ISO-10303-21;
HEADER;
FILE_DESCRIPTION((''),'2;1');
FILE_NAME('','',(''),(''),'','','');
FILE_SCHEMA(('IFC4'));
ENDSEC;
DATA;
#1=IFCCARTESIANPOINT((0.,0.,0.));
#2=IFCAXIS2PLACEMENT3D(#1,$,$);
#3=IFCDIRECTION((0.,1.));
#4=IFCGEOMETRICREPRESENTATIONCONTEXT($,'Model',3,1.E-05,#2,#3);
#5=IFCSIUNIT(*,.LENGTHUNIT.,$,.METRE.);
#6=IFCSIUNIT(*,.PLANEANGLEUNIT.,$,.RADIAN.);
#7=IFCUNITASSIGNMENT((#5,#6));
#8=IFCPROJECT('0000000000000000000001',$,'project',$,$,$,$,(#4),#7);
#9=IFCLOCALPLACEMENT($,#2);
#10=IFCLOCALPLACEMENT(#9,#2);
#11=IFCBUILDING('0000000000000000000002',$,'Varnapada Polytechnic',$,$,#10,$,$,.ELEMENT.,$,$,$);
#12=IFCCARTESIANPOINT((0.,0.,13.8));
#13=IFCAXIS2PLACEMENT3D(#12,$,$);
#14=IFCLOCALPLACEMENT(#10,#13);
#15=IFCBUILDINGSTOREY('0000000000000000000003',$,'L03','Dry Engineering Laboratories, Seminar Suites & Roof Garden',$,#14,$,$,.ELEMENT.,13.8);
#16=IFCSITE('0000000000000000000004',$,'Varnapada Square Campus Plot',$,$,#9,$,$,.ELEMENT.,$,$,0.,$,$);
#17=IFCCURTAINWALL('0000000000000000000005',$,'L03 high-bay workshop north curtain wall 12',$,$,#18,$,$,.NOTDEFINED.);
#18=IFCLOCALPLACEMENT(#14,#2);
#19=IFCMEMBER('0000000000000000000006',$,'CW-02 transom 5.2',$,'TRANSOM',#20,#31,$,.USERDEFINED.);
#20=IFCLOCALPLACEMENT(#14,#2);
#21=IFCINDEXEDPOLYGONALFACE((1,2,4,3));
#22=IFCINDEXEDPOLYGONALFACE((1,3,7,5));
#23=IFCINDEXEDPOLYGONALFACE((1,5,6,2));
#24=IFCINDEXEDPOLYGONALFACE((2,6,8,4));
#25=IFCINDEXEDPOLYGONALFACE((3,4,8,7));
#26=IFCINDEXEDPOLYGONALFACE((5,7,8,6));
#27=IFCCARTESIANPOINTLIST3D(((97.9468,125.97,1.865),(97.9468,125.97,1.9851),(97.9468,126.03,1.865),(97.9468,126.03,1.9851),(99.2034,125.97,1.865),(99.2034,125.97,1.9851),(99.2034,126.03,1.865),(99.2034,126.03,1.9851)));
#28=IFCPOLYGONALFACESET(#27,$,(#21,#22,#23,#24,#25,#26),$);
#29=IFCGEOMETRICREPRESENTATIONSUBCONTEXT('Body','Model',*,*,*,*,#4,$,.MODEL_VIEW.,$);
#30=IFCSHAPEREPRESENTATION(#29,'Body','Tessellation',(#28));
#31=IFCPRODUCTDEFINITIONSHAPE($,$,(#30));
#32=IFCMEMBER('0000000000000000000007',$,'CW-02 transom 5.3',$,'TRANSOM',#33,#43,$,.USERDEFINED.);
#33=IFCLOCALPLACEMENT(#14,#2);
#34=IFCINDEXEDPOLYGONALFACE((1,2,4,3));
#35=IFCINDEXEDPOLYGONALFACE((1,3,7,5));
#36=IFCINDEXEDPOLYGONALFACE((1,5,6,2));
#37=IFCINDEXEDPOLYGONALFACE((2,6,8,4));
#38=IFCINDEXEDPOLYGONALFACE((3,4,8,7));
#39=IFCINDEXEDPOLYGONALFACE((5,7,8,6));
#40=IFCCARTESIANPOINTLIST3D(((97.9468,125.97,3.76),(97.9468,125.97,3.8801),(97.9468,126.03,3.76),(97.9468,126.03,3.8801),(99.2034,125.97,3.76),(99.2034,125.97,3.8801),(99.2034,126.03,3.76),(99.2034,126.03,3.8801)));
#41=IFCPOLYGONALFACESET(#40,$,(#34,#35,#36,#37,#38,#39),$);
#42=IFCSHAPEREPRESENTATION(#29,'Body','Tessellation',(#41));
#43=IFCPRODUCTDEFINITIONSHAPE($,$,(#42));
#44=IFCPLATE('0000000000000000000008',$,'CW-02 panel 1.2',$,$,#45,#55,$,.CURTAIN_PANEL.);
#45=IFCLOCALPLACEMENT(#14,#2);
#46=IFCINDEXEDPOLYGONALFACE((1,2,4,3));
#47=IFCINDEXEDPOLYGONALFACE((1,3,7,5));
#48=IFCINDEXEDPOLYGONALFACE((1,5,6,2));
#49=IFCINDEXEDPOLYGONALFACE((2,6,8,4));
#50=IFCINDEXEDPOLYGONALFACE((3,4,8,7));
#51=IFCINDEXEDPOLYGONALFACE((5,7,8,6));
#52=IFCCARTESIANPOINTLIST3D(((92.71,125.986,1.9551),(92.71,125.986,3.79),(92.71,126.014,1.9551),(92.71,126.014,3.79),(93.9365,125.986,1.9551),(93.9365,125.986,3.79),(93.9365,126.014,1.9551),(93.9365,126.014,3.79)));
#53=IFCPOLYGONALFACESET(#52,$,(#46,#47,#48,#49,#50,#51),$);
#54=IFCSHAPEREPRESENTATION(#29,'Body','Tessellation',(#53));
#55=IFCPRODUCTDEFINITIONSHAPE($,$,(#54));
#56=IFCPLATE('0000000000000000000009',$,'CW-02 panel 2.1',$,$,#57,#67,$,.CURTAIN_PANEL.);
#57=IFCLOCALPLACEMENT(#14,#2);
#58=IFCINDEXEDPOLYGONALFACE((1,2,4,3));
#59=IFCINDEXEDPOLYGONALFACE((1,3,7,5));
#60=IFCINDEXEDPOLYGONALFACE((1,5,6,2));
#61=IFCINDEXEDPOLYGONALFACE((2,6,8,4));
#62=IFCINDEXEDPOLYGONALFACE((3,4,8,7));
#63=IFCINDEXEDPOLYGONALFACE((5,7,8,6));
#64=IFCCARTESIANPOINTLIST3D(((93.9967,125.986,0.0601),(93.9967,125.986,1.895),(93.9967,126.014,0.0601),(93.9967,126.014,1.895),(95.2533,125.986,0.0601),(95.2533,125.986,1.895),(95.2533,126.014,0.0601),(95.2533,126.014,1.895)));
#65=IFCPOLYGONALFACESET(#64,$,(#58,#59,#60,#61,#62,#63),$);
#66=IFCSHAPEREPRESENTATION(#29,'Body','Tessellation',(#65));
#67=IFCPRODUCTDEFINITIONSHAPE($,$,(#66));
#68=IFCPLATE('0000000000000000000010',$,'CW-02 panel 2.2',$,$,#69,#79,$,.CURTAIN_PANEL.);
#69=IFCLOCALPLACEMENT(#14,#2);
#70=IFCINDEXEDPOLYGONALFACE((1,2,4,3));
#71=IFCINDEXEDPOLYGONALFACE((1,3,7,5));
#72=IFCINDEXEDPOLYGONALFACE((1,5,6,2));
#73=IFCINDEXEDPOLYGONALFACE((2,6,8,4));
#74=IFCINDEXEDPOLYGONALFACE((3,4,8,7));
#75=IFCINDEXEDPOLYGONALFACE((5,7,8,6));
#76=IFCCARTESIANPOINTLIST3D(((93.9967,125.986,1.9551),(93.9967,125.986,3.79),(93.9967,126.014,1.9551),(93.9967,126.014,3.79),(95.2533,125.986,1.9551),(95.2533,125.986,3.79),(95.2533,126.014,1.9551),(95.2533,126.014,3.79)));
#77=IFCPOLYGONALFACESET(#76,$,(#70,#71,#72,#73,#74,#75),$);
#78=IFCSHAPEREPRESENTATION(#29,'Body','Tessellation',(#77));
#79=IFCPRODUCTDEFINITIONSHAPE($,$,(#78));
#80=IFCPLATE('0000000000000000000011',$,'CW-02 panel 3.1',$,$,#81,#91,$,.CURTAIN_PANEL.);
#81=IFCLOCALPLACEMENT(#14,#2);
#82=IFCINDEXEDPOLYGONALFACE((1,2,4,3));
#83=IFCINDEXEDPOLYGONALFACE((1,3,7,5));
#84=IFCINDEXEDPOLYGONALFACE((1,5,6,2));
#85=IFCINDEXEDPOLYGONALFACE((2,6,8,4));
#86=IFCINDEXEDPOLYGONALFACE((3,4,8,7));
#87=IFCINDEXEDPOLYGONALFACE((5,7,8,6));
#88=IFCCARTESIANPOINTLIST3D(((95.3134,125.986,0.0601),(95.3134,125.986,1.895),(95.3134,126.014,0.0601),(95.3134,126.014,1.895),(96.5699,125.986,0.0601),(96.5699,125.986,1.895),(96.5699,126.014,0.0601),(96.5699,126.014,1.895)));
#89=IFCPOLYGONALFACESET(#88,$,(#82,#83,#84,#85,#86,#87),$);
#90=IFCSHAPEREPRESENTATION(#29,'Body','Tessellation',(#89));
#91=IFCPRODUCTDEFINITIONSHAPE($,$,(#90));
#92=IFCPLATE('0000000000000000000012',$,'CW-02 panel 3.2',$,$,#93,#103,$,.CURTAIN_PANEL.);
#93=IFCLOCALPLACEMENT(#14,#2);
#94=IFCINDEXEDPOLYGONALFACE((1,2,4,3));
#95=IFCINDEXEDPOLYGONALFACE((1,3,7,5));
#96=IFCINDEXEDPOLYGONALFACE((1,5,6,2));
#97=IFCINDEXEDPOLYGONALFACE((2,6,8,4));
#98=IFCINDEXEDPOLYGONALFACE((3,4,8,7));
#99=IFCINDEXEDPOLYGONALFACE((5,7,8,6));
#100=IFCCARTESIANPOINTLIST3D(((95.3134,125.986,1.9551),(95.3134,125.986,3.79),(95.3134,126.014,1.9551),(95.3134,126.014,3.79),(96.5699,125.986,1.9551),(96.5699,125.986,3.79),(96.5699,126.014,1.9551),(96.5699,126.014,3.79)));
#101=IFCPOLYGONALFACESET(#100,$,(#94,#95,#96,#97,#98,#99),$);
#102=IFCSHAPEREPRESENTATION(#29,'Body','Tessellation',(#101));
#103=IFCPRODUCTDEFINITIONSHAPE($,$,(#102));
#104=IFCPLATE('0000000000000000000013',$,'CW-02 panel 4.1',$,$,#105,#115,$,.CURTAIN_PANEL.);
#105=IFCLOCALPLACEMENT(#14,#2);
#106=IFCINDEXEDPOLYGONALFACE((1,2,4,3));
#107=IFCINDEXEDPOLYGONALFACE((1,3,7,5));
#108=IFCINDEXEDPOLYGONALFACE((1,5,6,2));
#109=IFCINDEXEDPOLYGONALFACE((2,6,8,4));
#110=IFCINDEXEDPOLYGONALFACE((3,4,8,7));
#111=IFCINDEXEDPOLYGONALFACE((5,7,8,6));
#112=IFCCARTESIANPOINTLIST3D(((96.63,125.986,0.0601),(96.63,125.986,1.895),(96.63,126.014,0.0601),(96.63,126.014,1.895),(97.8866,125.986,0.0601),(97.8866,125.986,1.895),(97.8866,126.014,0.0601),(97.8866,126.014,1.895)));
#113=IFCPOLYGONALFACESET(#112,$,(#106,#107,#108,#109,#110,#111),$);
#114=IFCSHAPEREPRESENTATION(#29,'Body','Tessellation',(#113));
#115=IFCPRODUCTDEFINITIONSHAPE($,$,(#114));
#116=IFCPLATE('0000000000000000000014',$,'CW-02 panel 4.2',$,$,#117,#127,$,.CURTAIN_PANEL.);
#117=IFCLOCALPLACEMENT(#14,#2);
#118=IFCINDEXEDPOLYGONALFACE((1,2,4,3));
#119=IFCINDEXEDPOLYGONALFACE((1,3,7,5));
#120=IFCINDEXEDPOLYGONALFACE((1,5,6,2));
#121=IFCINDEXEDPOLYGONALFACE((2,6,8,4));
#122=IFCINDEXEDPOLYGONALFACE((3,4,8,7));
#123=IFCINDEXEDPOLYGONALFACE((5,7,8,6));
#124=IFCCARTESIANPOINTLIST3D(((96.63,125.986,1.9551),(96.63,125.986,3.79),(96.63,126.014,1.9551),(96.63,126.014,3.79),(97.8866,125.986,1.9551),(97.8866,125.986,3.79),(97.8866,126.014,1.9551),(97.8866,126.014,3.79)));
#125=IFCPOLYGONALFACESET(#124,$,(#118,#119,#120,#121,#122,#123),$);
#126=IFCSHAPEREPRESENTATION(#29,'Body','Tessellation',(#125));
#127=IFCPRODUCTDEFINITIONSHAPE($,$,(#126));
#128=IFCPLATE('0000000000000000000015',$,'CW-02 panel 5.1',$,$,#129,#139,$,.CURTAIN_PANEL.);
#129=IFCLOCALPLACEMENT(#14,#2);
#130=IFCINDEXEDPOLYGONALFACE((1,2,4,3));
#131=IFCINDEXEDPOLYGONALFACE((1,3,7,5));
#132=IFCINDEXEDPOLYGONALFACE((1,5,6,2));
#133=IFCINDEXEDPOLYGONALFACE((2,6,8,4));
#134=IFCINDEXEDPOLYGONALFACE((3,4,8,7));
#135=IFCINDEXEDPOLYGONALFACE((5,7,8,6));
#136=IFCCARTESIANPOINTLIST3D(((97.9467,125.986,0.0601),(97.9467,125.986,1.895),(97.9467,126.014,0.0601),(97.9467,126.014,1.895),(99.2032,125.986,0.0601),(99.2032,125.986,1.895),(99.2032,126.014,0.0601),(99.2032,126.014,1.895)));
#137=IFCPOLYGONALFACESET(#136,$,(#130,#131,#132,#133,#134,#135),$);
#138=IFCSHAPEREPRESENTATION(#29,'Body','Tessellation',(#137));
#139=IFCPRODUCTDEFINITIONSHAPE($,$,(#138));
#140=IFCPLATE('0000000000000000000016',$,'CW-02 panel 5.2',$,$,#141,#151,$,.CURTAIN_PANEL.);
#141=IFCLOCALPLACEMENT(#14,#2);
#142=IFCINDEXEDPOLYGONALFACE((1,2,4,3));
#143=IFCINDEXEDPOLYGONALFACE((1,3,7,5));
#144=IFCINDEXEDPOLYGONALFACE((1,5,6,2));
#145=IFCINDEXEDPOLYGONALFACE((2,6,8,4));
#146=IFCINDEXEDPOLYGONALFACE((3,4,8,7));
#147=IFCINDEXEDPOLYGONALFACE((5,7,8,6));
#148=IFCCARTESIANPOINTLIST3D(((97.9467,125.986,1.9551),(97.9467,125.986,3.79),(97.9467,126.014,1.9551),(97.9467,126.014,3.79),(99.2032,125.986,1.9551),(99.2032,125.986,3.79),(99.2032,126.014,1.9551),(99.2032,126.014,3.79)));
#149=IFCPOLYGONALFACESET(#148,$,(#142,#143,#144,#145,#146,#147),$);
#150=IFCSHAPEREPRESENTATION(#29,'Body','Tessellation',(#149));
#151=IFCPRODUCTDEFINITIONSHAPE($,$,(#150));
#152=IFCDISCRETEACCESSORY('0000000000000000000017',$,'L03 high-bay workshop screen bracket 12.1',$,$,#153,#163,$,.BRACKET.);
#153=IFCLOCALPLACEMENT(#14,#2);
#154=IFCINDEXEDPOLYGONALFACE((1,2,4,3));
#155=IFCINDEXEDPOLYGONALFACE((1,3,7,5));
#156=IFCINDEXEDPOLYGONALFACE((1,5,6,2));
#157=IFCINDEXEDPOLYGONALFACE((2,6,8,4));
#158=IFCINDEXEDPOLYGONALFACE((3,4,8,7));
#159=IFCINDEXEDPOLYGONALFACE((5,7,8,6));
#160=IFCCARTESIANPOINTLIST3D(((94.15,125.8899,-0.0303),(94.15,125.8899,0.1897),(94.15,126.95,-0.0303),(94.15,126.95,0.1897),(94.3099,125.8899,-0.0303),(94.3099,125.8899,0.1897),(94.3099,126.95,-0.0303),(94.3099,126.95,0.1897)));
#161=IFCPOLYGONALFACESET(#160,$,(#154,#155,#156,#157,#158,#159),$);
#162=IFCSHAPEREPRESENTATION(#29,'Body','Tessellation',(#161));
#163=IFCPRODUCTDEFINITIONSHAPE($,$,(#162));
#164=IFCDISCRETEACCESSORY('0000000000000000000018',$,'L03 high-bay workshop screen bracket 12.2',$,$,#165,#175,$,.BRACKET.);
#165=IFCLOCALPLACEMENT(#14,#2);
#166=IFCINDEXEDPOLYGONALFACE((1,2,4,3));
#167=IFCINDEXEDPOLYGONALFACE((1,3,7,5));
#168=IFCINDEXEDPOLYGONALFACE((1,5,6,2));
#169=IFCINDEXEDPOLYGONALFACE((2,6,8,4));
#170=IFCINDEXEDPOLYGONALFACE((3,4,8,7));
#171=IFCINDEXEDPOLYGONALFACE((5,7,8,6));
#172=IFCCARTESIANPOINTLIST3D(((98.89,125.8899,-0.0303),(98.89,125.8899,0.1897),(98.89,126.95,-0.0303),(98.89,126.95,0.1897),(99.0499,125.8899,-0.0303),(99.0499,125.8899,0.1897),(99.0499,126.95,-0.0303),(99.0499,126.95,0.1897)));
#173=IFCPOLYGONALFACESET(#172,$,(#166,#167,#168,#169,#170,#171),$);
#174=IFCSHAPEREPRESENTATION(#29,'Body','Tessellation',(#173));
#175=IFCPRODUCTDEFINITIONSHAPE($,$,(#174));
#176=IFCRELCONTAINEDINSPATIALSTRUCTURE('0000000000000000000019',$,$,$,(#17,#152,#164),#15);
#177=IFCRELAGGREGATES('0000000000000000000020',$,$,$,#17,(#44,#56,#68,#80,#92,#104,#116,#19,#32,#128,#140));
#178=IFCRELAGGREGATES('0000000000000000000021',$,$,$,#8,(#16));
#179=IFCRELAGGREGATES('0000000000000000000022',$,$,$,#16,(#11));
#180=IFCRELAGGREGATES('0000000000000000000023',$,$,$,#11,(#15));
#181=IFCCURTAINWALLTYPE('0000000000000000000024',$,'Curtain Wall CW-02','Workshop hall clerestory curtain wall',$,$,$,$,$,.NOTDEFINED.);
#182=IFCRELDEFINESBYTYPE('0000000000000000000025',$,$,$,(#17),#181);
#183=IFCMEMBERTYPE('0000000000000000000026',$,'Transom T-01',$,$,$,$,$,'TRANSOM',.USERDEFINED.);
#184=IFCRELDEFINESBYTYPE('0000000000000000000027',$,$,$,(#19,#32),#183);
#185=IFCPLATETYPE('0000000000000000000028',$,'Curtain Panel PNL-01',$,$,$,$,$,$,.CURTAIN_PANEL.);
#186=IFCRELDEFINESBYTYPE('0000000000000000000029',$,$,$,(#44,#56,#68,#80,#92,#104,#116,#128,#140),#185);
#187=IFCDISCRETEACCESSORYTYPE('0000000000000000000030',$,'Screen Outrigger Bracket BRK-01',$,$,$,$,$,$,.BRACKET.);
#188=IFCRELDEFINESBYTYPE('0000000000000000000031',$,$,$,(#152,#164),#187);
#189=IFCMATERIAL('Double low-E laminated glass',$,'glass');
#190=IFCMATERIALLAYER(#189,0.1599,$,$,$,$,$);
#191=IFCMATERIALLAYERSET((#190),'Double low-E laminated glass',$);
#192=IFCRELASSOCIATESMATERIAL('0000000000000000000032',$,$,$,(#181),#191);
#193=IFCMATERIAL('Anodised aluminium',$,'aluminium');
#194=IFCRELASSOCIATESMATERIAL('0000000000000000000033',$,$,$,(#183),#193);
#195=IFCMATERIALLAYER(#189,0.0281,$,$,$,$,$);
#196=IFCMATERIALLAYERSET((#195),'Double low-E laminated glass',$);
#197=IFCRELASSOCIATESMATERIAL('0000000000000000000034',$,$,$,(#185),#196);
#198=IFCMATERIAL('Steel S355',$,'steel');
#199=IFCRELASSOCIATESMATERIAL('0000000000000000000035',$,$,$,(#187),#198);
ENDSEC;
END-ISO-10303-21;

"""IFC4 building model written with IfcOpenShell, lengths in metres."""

from ifc_helpers import new_model, si_unit, direction, frame, origin, origin_2d, place, context, subcontext, project, spatial, rectangle, extrude, material, layer, layer_set, material_profile, profile_set, type_object, element, aggregate, save


model = new_model("IFC4")

# Units and contexts
model_context = context("Model", 3, precision=1e-05, world=origin(), true_north=direction((0.0, 1.0)))
body_context = subcontext(model_context, "Body", "Model", "MODEL_VIEW")
ifc_project = project(units=[si_unit("LENGTHUNIT", "METRE"), si_unit("PLANEANGLEUNIT", "RADIAN")], contexts=[model_context])

# Site, building, storey
site_placement = place(None, origin())
site = spatial("IfcSite", under=ifc_project, at=site_placement, Name="Varnapada Square Campus Plot", CompositionType="ELEMENT", RefElevation=0.0)
building_placement = place(site_placement, origin())
building = spatial("IfcBuilding", under=site, at=building_placement, Name="Varnapada Polytechnic", CompositionType="ELEMENT")
storey_placement = place(building_placement, frame((0.0, 0.0, 13.8)))
storey = spatial("IfcBuildingStorey", under=building, at=storey_placement, Name="L03", Description="Dry Engineering Laboratories, Seminar Suites & Roof Garden", CompositionType="ELEMENT", Elevation=13.8)

# Curtain wall, members, plates
ifc_material_1 = material(Name="Double low-E laminated glass", Category="glass")
ifc_layer_1 = layer(ifc_material_1, 0.1599)
ifc_layer_set_1 = layer_set([ifc_layer_1], Name="Double low-E laminated glass")
curtain_wall_type = type_object("IfcCurtainWallType", Name="Curtain Wall CW-02", Description="Workshop hall clerestory curtain wall", PredefinedType="NOTDEFINED", material=ifc_layer_set_1)
curtain_wall_placement = place(storey_placement, origin())
curtain_wall = element("IfcCurtainWall", 1, at=curtain_wall_placement, inside=storey, type_object=curtain_wall_type, Name="L03 high-bay workshop north curtain wall 12", PredefinedType="NOTDEFINED")
ifc_material_2 = material(Name="Anodised aluminium", Category="aluminium")
ifc_material_profile_1 = material_profile(ifc_material_2, rectangle(XDim=0.0601, YDim=0.1201, at=origin_2d()), Name="ALU T60x120")
ifc_profile_set_1 = profile_set([ifc_material_profile_1], Name="Anodised aluminium")
member_type_1 = type_object("IfcMemberType", Name="Transom T-01", ElementType="TRANSOM", PredefinedType="USERDEFINED", material=ifc_profile_set_1)
member_1_placement = place(storey_placement, frame((97.9468, 126.0, 1.925), z_axis=(1.0, 0.0, 0.0), x_axis=(0.0, 1.0, 0.0)))
member_1 = element("IfcMember", 2, at=member_1_placement, type_object=member_type_1, Name="CW-02 transom 5.2", ObjectType="TRANSOM", PredefinedType="USERDEFINED", context=body_context, shape_type="SweptSolid", body=[
    extrude(rectangle(XDim=0.0601, YDim=0.1201, at=origin_2d()), origin(), (0.0, 0.0, 1.0), 1.2566),
])
member_2_placement = place(storey_placement, frame((97.9468, 126.0, 3.8201), z_axis=(1.0, 0.0, 0.0), x_axis=(0.0, 1.0, 0.0)))
member_2 = element("IfcMember", 3, at=member_2_placement, type_object=member_type_1, Name="CW-02 transom 5.3", ObjectType="TRANSOM", PredefinedType="USERDEFINED", context=body_context, shape_type="SweptSolid", body=[
    extrude(rectangle(XDim=0.0601, YDim=0.1201, at=origin_2d()), origin(), (0.0, 0.0, 1.0), 1.2566),
])
ifc_layer_2 = layer(ifc_material_1, 0.0281)
ifc_layer_set_2 = layer_set([ifc_layer_2], Name="Double low-E laminated glass")
plate_type = type_object("IfcPlateType", Name="Curtain Panel PNL-01", PredefinedType="CURTAIN_PANEL", material=ifc_layer_set_2)
plate_1_placement = place(storey_placement, frame((93.3232, 126.0, 1.9551), z_axis=(0.0, 0.0, 1.0), x_axis=(1.0, 0.0, 0.0)))
plate_1 = element("IfcPlate", 4, at=plate_1_placement, type_object=plate_type, Name="CW-02 panel 1.2", PredefinedType="CURTAIN_PANEL", context=body_context, shape_type="SweptSolid", body=[
    extrude(rectangle(XDim=1.2266, YDim=0.0281, at=origin_2d()), origin(), (0.0, 0.0, 1.0), 1.835),
])
plate_2_placement = place(storey_placement, frame((94.625, 126.0, 0.0601), z_axis=(0.0, 0.0, 1.0), x_axis=(1.0, 0.0, 0.0)))
plate_2 = element("IfcPlate", 5, at=plate_2_placement, type_object=plate_type, Name="CW-02 panel 2.1", PredefinedType="CURTAIN_PANEL", context=body_context, shape_type="SweptSolid", body=[
    extrude(rectangle(XDim=1.2566, YDim=0.0281, at=origin_2d()), origin(), (0.0, 0.0, 1.0), 1.835),
])
plate_3_placement = place(storey_placement, frame((94.625, 126.0, 1.9551), z_axis=(0.0, 0.0, 1.0), x_axis=(1.0, 0.0, 0.0)))
plate_3 = element("IfcPlate", 6, at=plate_3_placement, type_object=plate_type, Name="CW-02 panel 2.2", PredefinedType="CURTAIN_PANEL", context=body_context, shape_type="SweptSolid", body=[
    extrude(rectangle(XDim=1.2566, YDim=0.0281, at=origin_2d()), origin(), (0.0, 0.0, 1.0), 1.835),
])
plate_4_placement = place(storey_placement, frame((95.9417, 126.0, 0.0601), z_axis=(0.0, 0.0, 1.0), x_axis=(1.0, 0.0, 0.0)))
plate_4 = element("IfcPlate", 7, at=plate_4_placement, type_object=plate_type, Name="CW-02 panel 3.1", PredefinedType="CURTAIN_PANEL", context=body_context, shape_type="SweptSolid", body=[
    extrude(rectangle(XDim=1.2566, YDim=0.0281, at=origin_2d()), origin(), (0.0, 0.0, 1.0), 1.835),
])
plate_5_placement = place(storey_placement, frame((95.9417, 126.0, 1.9551), z_axis=(0.0, 0.0, 1.0), x_axis=(1.0, 0.0, 0.0)))
plate_5 = element("IfcPlate", 8, at=plate_5_placement, type_object=plate_type, Name="CW-02 panel 3.2", PredefinedType="CURTAIN_PANEL", context=body_context, shape_type="SweptSolid", body=[
    extrude(rectangle(XDim=1.2566, YDim=0.0281, at=origin_2d()), origin(), (0.0, 0.0, 1.0), 1.835),
])
plate_6_placement = place(storey_placement, frame((97.2583, 126.0, 0.0601), z_axis=(0.0, 0.0, 1.0), x_axis=(1.0, 0.0, 0.0)))
plate_6 = element("IfcPlate", 9, at=plate_6_placement, type_object=plate_type, Name="CW-02 panel 4.1", PredefinedType="CURTAIN_PANEL", context=body_context, shape_type="SweptSolid", body=[
    extrude(rectangle(XDim=1.2566, YDim=0.0281, at=origin_2d()), origin(), (0.0, 0.0, 1.0), 1.835),
])
plate_7_placement = place(storey_placement, frame((97.2583, 126.0, 1.9551), z_axis=(0.0, 0.0, 1.0), x_axis=(1.0, 0.0, 0.0)))
plate_7 = element("IfcPlate", 10, at=plate_7_placement, type_object=plate_type, Name="CW-02 panel 4.2", PredefinedType="CURTAIN_PANEL", context=body_context, shape_type="SweptSolid", body=[
    extrude(rectangle(XDim=1.2566, YDim=0.0281, at=origin_2d()), origin(), (0.0, 0.0, 1.0), 1.835),
])
plate_8_placement = place(storey_placement, frame((98.575, 126.0, 0.0601), z_axis=(0.0, 0.0, 1.0), x_axis=(1.0, 0.0, 0.0)))
plate_8 = element("IfcPlate", 11, at=plate_8_placement, type_object=plate_type, Name="CW-02 panel 5.1", PredefinedType="CURTAIN_PANEL", context=body_context, shape_type="SweptSolid", body=[
    extrude(rectangle(XDim=1.2566, YDim=0.0281, at=origin_2d()), origin(), (0.0, 0.0, 1.0), 1.835),
])
plate_9_placement = place(storey_placement, frame((98.575, 126.0, 1.9551), z_axis=(0.0, 0.0, 1.0), x_axis=(1.0, 0.0, 0.0)))
plate_9 = element("IfcPlate", 12, at=plate_9_placement, type_object=plate_type, Name="CW-02 panel 5.2", PredefinedType="CURTAIN_PANEL", context=body_context, shape_type="SweptSolid", body=[
    extrude(rectangle(XDim=1.2566, YDim=0.0281, at=origin_2d()), origin(), (0.0, 0.0, 1.0), 1.835),
])
aggregate(curtain_wall, [plate_1, plate_2, plate_3, plate_4, plate_5, plate_6, plate_7, member_1, member_2, plate_8, plate_9])

# Discrete accessories
ifc_material_3 = material(Name="Steel S355", Category="steel")
discrete_accessory_type = type_object("IfcDiscreteAccessoryType", Name="Screen Outrigger Bracket BRK-01", PredefinedType="BRACKET", material=ifc_material_3)
for number, where, z_axis, x_axis, name in (
    (13, (94.23, 126.4199, -0.0303), (0.0, 0.0, 1.0), (1.0, 0.0, 0.0), "L03 high-bay workshop screen bracket 12.1"),
    (14, (98.97, 126.4199, -0.0303), (0.0, 0.0, 1.0), (1.0, 0.0, 0.0), "L03 high-bay workshop screen bracket 12.2"),
):
    element("IfcDiscreteAccessory", number, at=place(storey_placement, frame(where, z_axis=z_axis, x_axis=x_axis)), inside=storey, type_object=discrete_accessory_type, Name=name, PredefinedType="BRACKET", context=body_context, shape_type="SweptSolid", body=[
        extrude(rectangle(XDim=0.1599, YDim=1.0601, at=origin_2d()), origin(), (0.0, 0.0, 1.0), 0.22),
    ])

save(model, "model.ifc")
